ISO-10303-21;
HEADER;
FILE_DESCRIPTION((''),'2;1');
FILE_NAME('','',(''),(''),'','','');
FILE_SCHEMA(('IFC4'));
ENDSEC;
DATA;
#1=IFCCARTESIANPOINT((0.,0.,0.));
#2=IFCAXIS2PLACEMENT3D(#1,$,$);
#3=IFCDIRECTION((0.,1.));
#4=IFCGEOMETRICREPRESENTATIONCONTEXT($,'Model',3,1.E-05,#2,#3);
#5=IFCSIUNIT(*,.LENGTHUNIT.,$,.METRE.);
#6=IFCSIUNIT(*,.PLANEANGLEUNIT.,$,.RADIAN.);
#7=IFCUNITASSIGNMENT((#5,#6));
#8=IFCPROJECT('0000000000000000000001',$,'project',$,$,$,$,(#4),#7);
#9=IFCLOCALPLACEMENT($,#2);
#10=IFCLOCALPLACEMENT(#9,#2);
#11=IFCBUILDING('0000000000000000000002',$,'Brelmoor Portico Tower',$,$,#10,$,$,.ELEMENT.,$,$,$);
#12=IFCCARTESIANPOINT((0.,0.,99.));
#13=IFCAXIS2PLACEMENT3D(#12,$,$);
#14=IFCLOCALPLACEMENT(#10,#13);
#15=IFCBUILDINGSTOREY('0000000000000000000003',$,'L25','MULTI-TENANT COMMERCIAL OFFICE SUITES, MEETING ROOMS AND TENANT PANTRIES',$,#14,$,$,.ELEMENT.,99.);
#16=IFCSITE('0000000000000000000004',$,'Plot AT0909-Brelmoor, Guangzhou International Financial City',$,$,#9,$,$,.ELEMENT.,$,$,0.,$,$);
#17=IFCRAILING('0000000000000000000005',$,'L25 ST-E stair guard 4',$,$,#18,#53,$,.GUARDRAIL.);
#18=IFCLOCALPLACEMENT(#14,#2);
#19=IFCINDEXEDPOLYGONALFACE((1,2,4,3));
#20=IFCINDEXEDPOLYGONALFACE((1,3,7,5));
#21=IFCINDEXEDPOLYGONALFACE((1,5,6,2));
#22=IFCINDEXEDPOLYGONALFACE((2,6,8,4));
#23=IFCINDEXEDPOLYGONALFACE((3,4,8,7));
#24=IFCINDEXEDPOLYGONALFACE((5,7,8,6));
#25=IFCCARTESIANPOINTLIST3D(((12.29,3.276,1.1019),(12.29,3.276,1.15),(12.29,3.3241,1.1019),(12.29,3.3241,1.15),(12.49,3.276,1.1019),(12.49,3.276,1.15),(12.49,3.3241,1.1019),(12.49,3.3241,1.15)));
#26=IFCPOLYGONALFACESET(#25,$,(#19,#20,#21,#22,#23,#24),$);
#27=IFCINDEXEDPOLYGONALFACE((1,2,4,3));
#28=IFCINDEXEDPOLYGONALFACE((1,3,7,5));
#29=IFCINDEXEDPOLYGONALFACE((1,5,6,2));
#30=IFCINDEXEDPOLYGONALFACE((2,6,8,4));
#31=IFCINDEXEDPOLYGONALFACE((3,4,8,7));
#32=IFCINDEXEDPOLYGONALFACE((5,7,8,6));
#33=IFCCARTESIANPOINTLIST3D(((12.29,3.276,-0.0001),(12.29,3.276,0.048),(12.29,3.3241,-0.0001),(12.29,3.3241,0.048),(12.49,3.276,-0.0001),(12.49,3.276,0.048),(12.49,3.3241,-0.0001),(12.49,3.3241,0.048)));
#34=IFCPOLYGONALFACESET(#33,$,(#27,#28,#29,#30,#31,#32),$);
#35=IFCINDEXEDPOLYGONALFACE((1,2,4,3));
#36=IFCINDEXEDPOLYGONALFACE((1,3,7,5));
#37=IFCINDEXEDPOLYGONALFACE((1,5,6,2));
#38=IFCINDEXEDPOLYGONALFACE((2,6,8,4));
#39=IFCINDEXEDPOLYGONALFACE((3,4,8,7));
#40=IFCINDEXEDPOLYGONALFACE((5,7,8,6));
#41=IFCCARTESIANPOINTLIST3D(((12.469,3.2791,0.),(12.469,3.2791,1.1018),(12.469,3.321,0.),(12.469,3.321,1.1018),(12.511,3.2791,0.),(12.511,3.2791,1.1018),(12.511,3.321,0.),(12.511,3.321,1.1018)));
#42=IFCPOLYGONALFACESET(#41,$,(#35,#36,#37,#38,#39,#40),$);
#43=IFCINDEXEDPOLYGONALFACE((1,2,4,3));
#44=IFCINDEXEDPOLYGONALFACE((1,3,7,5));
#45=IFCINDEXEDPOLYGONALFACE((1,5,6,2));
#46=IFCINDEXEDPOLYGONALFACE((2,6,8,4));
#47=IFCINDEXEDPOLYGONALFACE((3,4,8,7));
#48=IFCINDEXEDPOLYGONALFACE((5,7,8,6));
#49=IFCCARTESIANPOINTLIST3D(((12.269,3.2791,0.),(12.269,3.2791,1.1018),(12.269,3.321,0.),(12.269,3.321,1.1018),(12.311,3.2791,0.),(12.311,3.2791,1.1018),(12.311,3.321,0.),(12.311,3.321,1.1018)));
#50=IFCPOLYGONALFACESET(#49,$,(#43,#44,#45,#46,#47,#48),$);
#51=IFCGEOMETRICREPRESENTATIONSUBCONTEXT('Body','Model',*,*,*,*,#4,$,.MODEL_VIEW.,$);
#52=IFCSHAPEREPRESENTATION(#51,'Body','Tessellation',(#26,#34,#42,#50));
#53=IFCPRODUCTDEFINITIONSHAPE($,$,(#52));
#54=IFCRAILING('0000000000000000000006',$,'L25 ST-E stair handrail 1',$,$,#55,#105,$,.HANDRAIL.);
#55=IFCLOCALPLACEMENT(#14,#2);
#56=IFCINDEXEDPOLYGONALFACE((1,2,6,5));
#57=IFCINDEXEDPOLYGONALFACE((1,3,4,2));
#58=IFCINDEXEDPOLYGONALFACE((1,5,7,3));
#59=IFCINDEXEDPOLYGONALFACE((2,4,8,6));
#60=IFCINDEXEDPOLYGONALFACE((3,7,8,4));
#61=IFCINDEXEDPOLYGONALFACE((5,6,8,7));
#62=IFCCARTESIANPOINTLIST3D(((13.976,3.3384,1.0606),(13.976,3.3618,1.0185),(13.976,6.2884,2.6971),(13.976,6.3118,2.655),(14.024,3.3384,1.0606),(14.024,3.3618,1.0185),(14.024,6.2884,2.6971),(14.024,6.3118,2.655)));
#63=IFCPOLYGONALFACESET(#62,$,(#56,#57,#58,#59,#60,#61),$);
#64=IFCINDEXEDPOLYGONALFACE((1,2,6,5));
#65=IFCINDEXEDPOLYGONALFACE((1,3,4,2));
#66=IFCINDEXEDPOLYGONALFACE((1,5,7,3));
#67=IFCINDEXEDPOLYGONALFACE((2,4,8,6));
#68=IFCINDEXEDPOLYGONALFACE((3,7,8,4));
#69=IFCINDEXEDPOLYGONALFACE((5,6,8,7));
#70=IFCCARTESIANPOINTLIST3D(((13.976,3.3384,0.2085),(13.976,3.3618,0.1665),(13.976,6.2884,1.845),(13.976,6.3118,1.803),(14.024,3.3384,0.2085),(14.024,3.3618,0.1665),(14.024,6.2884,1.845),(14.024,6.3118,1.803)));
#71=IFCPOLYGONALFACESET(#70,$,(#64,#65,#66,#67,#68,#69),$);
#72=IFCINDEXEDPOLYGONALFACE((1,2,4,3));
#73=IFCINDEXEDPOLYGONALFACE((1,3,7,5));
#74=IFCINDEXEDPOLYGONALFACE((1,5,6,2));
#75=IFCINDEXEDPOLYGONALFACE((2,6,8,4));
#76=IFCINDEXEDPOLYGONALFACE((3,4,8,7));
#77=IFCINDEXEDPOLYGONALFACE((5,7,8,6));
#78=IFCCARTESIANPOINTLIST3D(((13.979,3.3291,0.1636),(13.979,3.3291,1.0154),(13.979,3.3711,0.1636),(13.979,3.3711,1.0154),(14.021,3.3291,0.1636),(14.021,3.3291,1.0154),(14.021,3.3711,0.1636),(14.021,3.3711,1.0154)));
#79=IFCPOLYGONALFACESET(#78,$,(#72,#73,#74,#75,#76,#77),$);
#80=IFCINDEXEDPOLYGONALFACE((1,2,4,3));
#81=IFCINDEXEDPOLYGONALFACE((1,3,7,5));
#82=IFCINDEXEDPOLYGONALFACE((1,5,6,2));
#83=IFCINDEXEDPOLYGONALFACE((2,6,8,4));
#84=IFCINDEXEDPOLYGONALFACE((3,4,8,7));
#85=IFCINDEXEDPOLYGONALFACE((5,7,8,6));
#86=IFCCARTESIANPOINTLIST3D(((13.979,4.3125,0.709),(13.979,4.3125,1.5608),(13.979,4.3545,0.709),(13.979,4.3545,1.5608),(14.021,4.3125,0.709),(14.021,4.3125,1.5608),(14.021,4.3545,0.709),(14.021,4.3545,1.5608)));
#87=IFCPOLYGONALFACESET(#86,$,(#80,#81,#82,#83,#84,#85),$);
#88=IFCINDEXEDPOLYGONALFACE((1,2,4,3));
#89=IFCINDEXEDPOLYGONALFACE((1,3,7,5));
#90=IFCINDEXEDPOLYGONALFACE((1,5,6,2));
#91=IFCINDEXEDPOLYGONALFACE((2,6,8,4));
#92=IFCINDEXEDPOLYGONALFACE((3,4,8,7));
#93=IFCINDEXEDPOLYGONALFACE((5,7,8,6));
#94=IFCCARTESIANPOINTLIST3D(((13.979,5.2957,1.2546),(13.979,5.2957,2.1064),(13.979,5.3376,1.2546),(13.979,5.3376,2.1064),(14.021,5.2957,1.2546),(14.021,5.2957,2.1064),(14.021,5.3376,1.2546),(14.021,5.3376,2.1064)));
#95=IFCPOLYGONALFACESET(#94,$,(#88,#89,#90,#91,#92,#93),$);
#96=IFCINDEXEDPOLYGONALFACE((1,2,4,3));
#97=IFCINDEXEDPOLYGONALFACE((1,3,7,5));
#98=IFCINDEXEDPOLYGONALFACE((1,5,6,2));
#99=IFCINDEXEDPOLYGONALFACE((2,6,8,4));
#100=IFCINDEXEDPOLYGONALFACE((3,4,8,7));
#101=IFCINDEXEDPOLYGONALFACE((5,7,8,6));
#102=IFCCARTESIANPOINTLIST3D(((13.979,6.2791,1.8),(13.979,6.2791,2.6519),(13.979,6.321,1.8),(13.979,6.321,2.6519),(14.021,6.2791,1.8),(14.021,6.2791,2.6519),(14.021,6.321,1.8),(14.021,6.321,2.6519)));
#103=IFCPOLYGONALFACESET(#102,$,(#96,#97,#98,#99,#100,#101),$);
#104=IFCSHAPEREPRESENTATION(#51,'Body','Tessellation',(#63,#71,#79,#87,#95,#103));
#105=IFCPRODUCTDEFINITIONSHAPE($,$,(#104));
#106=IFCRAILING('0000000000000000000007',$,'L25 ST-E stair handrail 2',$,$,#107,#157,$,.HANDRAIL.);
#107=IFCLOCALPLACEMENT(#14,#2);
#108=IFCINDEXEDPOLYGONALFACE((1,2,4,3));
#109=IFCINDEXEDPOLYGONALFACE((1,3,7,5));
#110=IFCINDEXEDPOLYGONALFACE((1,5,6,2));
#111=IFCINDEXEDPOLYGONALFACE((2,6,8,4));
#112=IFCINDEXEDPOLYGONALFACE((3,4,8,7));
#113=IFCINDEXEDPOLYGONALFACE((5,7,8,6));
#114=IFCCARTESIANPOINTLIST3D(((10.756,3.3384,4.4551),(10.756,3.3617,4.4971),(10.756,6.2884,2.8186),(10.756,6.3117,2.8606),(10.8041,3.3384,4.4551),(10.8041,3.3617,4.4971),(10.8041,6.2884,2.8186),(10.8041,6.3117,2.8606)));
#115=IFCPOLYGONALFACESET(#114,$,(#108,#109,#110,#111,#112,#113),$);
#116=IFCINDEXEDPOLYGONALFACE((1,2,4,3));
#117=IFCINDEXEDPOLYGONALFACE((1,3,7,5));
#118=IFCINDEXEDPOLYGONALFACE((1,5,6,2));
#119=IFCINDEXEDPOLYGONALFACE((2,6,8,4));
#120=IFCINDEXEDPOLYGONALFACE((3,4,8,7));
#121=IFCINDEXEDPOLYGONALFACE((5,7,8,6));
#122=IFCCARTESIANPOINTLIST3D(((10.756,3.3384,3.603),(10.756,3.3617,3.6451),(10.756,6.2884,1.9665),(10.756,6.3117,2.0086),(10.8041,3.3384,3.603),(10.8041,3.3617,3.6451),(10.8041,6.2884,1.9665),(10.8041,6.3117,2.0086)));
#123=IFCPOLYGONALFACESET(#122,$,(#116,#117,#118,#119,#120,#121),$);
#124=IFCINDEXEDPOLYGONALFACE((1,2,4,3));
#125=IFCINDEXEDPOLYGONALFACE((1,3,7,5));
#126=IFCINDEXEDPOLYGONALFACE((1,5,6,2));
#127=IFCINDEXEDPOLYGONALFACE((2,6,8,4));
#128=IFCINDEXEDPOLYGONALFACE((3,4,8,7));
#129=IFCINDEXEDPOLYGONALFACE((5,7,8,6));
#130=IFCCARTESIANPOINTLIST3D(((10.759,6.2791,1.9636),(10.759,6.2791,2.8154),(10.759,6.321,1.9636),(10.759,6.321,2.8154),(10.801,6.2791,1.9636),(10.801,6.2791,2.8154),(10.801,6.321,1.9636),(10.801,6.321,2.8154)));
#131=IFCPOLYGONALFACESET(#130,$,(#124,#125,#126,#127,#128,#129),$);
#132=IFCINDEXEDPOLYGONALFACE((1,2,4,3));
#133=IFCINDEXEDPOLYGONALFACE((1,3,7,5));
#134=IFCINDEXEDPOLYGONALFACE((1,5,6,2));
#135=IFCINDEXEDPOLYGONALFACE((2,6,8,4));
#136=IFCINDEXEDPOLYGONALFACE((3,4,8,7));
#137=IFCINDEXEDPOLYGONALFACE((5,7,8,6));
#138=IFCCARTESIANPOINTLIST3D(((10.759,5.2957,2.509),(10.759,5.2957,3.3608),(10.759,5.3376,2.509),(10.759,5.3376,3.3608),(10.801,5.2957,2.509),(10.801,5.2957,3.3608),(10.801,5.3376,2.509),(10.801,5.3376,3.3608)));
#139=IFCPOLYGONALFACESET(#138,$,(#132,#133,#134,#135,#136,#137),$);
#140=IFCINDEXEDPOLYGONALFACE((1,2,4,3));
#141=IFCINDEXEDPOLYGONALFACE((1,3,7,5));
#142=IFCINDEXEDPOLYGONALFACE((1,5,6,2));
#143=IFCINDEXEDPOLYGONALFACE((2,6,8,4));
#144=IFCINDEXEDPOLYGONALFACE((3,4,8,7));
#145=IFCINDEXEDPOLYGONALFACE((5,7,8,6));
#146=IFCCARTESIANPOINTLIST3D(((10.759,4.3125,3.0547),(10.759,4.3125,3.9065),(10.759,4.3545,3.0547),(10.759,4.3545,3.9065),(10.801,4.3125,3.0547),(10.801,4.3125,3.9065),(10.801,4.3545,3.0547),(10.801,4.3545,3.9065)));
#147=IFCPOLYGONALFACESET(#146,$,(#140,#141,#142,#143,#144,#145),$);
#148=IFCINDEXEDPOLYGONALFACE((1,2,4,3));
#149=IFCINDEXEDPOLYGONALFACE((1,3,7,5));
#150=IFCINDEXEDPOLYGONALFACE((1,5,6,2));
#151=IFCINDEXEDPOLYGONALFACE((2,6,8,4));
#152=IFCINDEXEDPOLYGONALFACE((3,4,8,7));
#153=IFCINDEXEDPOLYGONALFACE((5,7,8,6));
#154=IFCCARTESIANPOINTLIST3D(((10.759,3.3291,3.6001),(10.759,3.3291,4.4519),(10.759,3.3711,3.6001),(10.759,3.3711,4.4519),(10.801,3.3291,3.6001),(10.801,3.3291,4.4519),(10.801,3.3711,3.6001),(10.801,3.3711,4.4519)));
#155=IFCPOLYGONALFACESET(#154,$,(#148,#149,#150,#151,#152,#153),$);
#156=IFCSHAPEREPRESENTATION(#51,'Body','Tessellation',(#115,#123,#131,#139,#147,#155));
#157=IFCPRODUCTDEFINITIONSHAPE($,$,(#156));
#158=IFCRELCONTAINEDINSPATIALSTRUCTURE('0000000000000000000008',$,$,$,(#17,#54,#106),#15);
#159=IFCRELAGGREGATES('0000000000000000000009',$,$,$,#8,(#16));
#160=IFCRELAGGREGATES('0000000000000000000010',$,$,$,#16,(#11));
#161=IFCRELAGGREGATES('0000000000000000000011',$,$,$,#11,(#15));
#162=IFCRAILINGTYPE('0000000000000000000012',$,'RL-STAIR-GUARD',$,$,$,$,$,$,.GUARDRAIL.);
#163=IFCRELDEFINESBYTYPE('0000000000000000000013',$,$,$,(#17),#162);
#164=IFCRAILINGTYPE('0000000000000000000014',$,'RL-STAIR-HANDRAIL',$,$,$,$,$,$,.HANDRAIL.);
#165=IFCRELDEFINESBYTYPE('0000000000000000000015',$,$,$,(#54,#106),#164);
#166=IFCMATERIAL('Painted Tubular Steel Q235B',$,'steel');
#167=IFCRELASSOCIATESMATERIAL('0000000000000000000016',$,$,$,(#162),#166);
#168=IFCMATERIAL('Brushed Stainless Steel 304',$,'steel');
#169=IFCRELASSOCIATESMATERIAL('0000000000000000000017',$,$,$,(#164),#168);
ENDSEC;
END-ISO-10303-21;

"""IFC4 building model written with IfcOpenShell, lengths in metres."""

from ifc_helpers import new_model, si_unit, direction, frame, origin, origin_2d, place, context, subcontext, project, spatial, rectangle, extrude, material, type_object, element, save


model = new_model("IFC4")

# Units and contexts
model_context = context("Model", 3, precision=1e-05, world=origin(), true_north=direction((0.0, 1.0)))
body_context = subcontext(model_context, "Body", "Model", "MODEL_VIEW")
ifc_project = project(units=[si_unit("LENGTHUNIT", "METRE"), si_unit("PLANEANGLEUNIT", "RADIAN")], contexts=[model_context])

# Site, building, storey
site_placement = place(None, origin())
site = spatial("IfcSite", under=ifc_project, at=site_placement, Name="Plot AT0909-Brelmoor, Guangzhou International Financial City", CompositionType="ELEMENT", RefElevation=0.0)
building_placement = place(site_placement, origin())
building = spatial("IfcBuilding", under=site, at=building_placement, Name="Brelmoor Portico Tower", CompositionType="ELEMENT")
storey_placement = place(building_placement, frame((0.0, 0.0, 99.0)))
storey = spatial("IfcBuildingStorey", under=building, at=storey_placement, Name="L25", Description="MULTI-TENANT COMMERCIAL OFFICE SUITES, MEETING ROOMS AND TENANT PANTRIES", CompositionType="ELEMENT", Elevation=99.0)

# Railings
ifc_material_1 = material(Name="Painted Tubular Steel Q235B", Category="steel")
railing_type_1 = type_object("IfcRailingType", Name="RL-STAIR-GUARD", PredefinedType="GUARDRAIL", material=ifc_material_1)
railing_1_placement = place(storey_placement, frame((12.49, 3.3, 0.0)))
element("IfcRailing", 1, at=railing_1_placement, inside=storey, type_object=railing_type_1, Name="L25 ST-E stair guard 4", PredefinedType="GUARDRAIL", context=body_context, shape_type="SweptSolid", body=[
    extrude(rectangle(XDim=0.0481, YDim=0.0481, at=origin_2d()), frame((0.0, 0.0, 1.126), z_axis=(-1.0, 0.0, 0.0), x_axis=(0.0, -1.0, 0.0)), (0.0, 0.0, 1.0), 0.2),
    extrude(rectangle(XDim=0.0481, YDim=0.0481, at=origin_2d()), frame((0.0, 0.0, 0.0239), z_axis=(-1.0, 0.0, 0.0), x_axis=(0.0, -1.0, 0.0)), (0.0, 0.0, 1.0), 0.2),
    extrude(rectangle(XDim=0.042, YDim=0.042, at=origin_2d()), origin(), (0.0, 0.0, 1.0), 1.1018),
    extrude(rectangle(XDim=0.042, YDim=0.042, at=origin_2d()), frame((-0.2, 0.0, 0.0)), (0.0, 0.0, 1.0), 1.1018),
])
ifc_material_2 = material(Name="Brushed Stainless Steel 304", Category="steel")
railing_type_2 = type_object("IfcRailingType", Name="RL-STAIR-HANDRAIL", PredefinedType="HANDRAIL", material=ifc_material_2)
railing_2_placement = place(storey_placement, frame((14.0, 3.3501, 0.1636)))
element("IfcRailing", 2, at=railing_2_placement, inside=storey, type_object=railing_type_2, Name="L25 ST-E stair handrail 1", PredefinedType="HANDRAIL", context=body_context, shape_type="SweptSolid", body=[
    extrude(rectangle(XDim=0.0481, YDim=0.0481, at=origin_2d()), frame((0.0, 0.0, 0.876), z_axis=(0.0, 0.874458, 0.485102), x_axis=(-1.0, 0.0, 0.0)), (0.0, 0.0, 1.0), 3.3735),
    extrude(rectangle(XDim=0.0481, YDim=0.0481, at=origin_2d()), frame((0.0, 0.0, 0.0239), z_axis=(0.0, 0.874458, 0.485102), x_axis=(-1.0, 0.0, 0.0)), (0.0, 0.0, 1.0), 3.3735),
    extrude(rectangle(XDim=0.042, YDim=0.042, at=origin_2d()), origin(), (0.0, 0.0, 1.0), 0.8518),
    extrude(rectangle(XDim=0.042, YDim=0.042, at=origin_2d()), frame((0.0, 0.9834, 0.5454)), (0.0, 0.0, 1.0), 0.8518),
    extrude(rectangle(XDim=0.042, YDim=0.042, at=origin_2d()), frame((0.0, 1.9666, 1.0911)), (0.0, 0.0, 1.0), 0.8518),
    extrude(rectangle(XDim=0.042, YDim=0.042, at=origin_2d()), frame((0.0, 2.95, 1.6365)), (0.0, 0.0, 1.0), 0.8518),
])
railing_3_placement = place(storey_placement, frame((10.78, 6.3, 1.9636)))
element("IfcRailing", 3, at=railing_3_placement, inside=storey, type_object=railing_type_2, Name="L25 ST-E stair handrail 2", PredefinedType="HANDRAIL", context=body_context, shape_type="SweptSolid", body=[
    extrude(rectangle(XDim=0.0481, YDim=0.0481, at=origin_2d()), frame((0.0, 0.0, 0.876), z_axis=(0.0, -0.874458, 0.485102), x_axis=(1.0, 0.0, 0.0)), (0.0, 0.0, 1.0), 3.3735),
    extrude(rectangle(XDim=0.0481, YDim=0.0481, at=origin_2d()), frame((0.0, 0.0, 0.0239), z_axis=(0.0, -0.874458, 0.485102), x_axis=(1.0, 0.0, 0.0)), (0.0, 0.0, 1.0), 3.3735),
    extrude(rectangle(XDim=0.042, YDim=0.042, at=origin_2d()), origin(), (0.0, 0.0, 1.0), 0.8518),
    extrude(rectangle(XDim=0.042, YDim=0.042, at=origin_2d()), frame((0.0, -0.9834, 0.5454)), (0.0, 0.0, 1.0), 0.8518),
    extrude(rectangle(XDim=0.042, YDim=0.042, at=origin_2d()), frame((0.0, -1.9666, 1.0911)), (0.0, 0.0, 1.0), 0.8518),
    extrude(rectangle(XDim=0.042, YDim=0.042, at=origin_2d()), frame((0.0, -2.95, 1.6365)), (0.0, 0.0, 1.0), 0.8518),
])

save(model, "model.ifc")
